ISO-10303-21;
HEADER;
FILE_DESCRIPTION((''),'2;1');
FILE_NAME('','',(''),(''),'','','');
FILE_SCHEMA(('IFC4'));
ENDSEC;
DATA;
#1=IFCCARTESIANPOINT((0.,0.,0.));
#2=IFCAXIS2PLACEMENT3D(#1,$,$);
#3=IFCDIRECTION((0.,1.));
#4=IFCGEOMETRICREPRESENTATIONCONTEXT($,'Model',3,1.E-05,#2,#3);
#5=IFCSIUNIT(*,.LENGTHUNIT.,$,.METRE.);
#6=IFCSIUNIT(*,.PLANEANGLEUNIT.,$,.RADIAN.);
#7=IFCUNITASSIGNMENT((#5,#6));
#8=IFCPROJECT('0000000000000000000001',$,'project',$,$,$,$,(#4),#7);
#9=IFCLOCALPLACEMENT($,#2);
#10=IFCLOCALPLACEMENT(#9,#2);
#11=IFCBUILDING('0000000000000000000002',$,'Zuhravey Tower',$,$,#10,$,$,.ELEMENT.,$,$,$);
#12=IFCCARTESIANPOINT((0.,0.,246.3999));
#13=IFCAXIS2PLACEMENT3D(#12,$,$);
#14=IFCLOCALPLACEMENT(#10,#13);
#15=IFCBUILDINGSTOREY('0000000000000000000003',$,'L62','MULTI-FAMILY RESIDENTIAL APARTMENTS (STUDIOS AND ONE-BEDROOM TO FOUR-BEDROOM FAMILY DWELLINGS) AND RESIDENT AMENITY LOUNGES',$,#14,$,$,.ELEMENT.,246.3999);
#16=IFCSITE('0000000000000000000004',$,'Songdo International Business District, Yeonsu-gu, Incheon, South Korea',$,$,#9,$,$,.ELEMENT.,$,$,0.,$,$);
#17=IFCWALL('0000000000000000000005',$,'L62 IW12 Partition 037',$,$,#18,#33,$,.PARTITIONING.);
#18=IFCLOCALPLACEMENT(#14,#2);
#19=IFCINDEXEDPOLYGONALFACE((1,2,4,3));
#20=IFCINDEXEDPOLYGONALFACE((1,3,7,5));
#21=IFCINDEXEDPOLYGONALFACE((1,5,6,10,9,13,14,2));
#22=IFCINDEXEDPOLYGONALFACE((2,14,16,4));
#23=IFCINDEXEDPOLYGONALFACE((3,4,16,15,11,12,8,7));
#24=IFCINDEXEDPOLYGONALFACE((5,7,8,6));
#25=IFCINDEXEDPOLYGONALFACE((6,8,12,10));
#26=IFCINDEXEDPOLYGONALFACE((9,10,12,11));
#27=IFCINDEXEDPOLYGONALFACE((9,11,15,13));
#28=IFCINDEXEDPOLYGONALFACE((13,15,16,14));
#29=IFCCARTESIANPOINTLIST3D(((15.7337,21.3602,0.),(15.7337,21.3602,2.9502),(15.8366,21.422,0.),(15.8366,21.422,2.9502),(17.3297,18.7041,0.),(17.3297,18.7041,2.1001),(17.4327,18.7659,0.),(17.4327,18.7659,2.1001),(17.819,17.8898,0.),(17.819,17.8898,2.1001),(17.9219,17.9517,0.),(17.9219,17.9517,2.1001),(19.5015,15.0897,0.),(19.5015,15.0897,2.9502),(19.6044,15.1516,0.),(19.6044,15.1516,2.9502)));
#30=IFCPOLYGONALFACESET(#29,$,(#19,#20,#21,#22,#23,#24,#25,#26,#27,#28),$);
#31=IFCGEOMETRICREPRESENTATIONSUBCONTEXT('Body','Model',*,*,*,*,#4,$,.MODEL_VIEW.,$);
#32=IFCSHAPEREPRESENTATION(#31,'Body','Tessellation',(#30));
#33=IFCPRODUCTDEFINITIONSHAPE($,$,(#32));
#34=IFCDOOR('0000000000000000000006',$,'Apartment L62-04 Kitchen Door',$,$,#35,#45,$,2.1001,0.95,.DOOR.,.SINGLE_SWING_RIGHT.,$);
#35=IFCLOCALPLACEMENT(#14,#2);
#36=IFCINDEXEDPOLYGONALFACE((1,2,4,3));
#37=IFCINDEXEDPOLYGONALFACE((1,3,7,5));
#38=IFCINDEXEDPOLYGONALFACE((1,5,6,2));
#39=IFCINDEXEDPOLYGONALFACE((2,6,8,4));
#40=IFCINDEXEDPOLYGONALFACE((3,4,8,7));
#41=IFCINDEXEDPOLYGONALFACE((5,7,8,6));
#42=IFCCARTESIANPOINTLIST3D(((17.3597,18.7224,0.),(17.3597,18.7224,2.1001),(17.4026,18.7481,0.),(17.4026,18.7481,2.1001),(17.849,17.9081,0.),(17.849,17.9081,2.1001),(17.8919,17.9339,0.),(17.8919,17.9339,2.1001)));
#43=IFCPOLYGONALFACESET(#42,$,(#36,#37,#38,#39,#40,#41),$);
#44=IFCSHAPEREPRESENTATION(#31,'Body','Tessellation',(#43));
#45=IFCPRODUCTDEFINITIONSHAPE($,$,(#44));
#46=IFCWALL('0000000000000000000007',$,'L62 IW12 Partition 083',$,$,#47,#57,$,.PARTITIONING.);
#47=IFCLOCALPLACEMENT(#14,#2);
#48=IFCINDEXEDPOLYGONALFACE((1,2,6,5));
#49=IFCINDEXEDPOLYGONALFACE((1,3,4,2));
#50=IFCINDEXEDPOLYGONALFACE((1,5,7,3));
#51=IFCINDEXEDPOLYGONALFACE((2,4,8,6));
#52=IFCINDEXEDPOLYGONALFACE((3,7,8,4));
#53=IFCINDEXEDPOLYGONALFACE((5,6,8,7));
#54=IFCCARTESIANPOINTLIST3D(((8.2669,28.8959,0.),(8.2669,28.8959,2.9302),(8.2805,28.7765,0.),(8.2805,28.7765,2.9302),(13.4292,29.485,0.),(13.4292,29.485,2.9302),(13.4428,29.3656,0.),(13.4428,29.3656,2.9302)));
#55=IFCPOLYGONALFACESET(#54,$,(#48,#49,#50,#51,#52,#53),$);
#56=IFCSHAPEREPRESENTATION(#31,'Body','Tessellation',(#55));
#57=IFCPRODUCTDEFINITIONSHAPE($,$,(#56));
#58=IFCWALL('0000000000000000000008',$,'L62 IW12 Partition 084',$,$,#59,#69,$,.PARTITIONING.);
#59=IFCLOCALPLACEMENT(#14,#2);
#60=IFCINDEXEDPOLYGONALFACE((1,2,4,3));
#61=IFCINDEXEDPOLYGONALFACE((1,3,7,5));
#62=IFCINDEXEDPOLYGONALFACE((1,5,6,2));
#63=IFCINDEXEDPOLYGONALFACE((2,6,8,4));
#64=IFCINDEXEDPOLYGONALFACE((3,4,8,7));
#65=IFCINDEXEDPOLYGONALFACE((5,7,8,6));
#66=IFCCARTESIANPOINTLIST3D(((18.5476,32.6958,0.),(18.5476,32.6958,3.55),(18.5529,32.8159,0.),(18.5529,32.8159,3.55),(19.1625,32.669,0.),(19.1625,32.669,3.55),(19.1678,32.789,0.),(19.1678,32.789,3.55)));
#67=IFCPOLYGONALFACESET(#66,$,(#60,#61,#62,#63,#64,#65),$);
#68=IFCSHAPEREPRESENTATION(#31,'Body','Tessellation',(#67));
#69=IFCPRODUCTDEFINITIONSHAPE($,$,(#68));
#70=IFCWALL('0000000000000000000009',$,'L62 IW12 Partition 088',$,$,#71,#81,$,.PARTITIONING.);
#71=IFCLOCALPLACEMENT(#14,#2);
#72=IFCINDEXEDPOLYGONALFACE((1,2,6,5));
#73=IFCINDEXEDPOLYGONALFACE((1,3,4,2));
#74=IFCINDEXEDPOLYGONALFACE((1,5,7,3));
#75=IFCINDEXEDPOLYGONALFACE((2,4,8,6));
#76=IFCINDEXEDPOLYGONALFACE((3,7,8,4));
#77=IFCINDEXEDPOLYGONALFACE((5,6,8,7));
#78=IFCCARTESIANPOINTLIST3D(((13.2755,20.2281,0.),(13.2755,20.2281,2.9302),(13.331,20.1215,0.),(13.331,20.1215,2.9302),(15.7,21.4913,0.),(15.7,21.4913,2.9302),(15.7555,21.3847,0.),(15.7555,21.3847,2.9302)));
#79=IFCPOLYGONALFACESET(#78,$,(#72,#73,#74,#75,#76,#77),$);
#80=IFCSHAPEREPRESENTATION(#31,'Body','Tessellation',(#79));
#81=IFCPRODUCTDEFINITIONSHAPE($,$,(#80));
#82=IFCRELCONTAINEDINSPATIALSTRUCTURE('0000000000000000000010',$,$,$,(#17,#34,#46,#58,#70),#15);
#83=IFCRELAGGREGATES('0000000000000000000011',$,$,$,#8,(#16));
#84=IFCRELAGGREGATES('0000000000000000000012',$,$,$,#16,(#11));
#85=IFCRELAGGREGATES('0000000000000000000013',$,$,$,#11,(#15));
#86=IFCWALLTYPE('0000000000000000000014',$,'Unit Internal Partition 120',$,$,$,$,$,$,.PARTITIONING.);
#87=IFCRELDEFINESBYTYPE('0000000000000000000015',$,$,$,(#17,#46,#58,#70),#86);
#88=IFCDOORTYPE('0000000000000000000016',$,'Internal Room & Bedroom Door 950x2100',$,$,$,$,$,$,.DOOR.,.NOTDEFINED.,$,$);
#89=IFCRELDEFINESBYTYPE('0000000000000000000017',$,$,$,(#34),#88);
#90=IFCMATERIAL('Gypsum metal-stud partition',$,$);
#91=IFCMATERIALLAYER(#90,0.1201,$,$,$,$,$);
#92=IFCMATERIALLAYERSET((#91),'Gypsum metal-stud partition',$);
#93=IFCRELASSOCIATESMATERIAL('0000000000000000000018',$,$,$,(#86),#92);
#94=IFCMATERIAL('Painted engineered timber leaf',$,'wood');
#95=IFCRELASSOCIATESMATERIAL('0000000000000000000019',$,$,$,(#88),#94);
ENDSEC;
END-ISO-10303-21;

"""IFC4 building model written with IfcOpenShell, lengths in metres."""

from ifc_helpers import new_model, si_unit, direction, frame, frame_2d, origin, place, context, subcontext, project, spatial, rectangle, extrude, material, layer, layer_set, type_object, element, fill, save


model = new_model("IFC4")

# Units and contexts
model_context = context("Model", 3, precision=1e-05, world=origin(), true_north=direction((0.0, 1.0)))
body_context = subcontext(model_context, "Body", "Model", "MODEL_VIEW")
ifc_project = project(units=[si_unit("LENGTHUNIT", "METRE"), si_unit("PLANEANGLEUNIT", "RADIAN")], contexts=[model_context])

# Site, building, storey
site_placement = place(None, origin())
site = spatial("IfcSite", under=ifc_project, at=site_placement, Name="Songdo International Business District, Yeonsu-gu, Incheon, South Korea", CompositionType="ELEMENT", RefElevation=0.0)
building_placement = place(site_placement, origin())
building = spatial("IfcBuilding", under=site, at=building_placement, Name="Zuhravey Tower", CompositionType="ELEMENT")
storey_placement = place(building_placement, frame((0.0, 0.0, 246.3999)))
storey = spatial("IfcBuildingStorey", under=building, at=storey_placement, Name="L62", Description="MULTI-FAMILY RESIDENTIAL APARTMENTS (STUDIOS AND ONE-BEDROOM TO FOUR-BEDROOM FAMILY DWELLINGS) AND RESIDENT AMENITY LOUNGES", CompositionType="ELEMENT", Elevation=246.3999)

# Shared definitions
ifc_material_1 = material(Name="Gypsum metal-stud partition")
ifc_layer_1 = layer(ifc_material_1, 0.1201)
ifc_layer_set_1 = layer_set([ifc_layer_1], Name="Gypsum metal-stud partition")
wall_type_1 = type_object("IfcWallType", Name="Unit Internal Partition 120", PredefinedType="PARTITIONING", material=ifc_layer_set_1)

# Wall, opening, door
ifc_material_2 = material(Name="Painted engineered timber leaf", Category="wood")
door_type_1 = type_object("IfcDoorType", Name="Internal Room & Bedroom Door 950x2100", OperationType="NOTDEFINED", PredefinedType="DOOR", material=ifc_material_2)
wall_1_placement = place(storey_placement, frame((15.7852, 21.3911, 0.0), z_axis=(0.0, 0.0, 1.0), x_axis=(0.51505, -0.85716, 0.0)))
wall_1 = element("IfcWall", 1, at=wall_1_placement, inside=storey, type_object=wall_type_1, Name="L62 IW12 Partition 037", PredefinedType="PARTITIONING", context=body_context, shape_type="SweptSolid", body=[
    extrude(rectangle(XDim=7.3154, YDim=0.1201, at=frame_2d((3.6577, 0.0))), origin(), (0.0, 0.0, 1.0), 2.9502),
])
opening_1_placement = place(wall_1_placement, frame((3.0986, 0.0, 0.0)))
opening_1 = element("IfcOpeningElement", 2, at=opening_1_placement, cuts=wall_1, PredefinedType="OPENING", context=body_context, shape_type="SweptSolid", body=[
    extrude(rectangle(XDim=0.95, YDim=2.1001, at=frame_2d((0.4751, 1.05))), frame((0.0, 0.072, 0.0), z_axis=(0.0, -1.0, 0.0), x_axis=(1.0, 0.0, 0.0)), (0.0, 0.0, 1.0), 0.144),
])
door_1_placement = place(opening_1_placement, frame((0.95, 0.0, 0.0), z_axis=(0.0, 0.0, 1.0), x_axis=(-1.0, 0.0, 0.0)))
door_1 = element("IfcDoor", 3, at=door_1_placement, inside=storey, type_object=door_type_1, Name="Apartment L62-04 Kitchen Door", OperationType="SINGLE_SWING_RIGHT", OverallHeight=2.1001, OverallWidth=0.95, PredefinedType="DOOR", context=body_context, shape_type="SweptSolid", body=[
    extrude(rectangle(XDim=0.95, YDim=2.1001, at=frame_2d((0.4751, 1.05))), frame((0.0, 0.0249, 0.0), z_axis=(0.0, -1.0, 0.0), x_axis=(1.0, 0.0, 0.0)), (0.0, 0.0, 1.0), 0.05),
])
fill(opening_1, door_1)

# Walls
wall_2_placement = place(storey_placement, frame((13.436, 29.4253, 0.0), z_axis=(0.0, 0.0, 1.0), x_axis=(-0.993552, -0.113381, 0.0)))
element("IfcWall", 4, at=wall_2_placement, inside=storey, type_object=wall_type_1, Name="L62 IW12 Partition 083", PredefinedType="PARTITIONING", context=body_context, shape_type="SweptSolid", body=[
    extrude(rectangle(XDim=5.1958, YDim=0.1201, at=frame_2d((2.5979, 0.0))), origin(), (0.0, 0.0, 1.0), 2.9302),
])
wall_3_placement = place(storey_placement, frame((19.165, 32.729, 0.0), z_axis=(0.0, 0.0, 1.0), x_axis=(-0.999048, 0.043627, 0.0)))
element("IfcWall", 5, at=wall_3_placement, inside=storey, type_object=wall_type_1, Name="L62 IW12 Partition 084", PredefinedType="PARTITIONING", context=body_context, shape_type="SweptSolid", body=[
    extrude(rectangle(XDim=0.6155, YDim=0.1201, at=frame_2d((0.3076, 0.0))), origin(), (0.0, 0.0, 1.0), 3.55),
])
wall_4_placement = place(storey_placement, frame((15.7278, 21.438, 0.0), z_axis=(0.0, 0.0, 1.0), x_axis=(-0.886855, -0.462047, 0.0)))
element("IfcWall", 6, at=wall_4_placement, inside=storey, type_object=wall_type_1, Name="L62 IW12 Partition 088", PredefinedType="PARTITIONING", context=body_context, shape_type="SweptSolid", body=[
    extrude(rectangle(XDim=2.7339, YDim=0.1201, at=frame_2d((1.3669, 0.0))), origin(), (0.0, 0.0, 1.0), 2.9302),
])

save(model, "model.ifc")
